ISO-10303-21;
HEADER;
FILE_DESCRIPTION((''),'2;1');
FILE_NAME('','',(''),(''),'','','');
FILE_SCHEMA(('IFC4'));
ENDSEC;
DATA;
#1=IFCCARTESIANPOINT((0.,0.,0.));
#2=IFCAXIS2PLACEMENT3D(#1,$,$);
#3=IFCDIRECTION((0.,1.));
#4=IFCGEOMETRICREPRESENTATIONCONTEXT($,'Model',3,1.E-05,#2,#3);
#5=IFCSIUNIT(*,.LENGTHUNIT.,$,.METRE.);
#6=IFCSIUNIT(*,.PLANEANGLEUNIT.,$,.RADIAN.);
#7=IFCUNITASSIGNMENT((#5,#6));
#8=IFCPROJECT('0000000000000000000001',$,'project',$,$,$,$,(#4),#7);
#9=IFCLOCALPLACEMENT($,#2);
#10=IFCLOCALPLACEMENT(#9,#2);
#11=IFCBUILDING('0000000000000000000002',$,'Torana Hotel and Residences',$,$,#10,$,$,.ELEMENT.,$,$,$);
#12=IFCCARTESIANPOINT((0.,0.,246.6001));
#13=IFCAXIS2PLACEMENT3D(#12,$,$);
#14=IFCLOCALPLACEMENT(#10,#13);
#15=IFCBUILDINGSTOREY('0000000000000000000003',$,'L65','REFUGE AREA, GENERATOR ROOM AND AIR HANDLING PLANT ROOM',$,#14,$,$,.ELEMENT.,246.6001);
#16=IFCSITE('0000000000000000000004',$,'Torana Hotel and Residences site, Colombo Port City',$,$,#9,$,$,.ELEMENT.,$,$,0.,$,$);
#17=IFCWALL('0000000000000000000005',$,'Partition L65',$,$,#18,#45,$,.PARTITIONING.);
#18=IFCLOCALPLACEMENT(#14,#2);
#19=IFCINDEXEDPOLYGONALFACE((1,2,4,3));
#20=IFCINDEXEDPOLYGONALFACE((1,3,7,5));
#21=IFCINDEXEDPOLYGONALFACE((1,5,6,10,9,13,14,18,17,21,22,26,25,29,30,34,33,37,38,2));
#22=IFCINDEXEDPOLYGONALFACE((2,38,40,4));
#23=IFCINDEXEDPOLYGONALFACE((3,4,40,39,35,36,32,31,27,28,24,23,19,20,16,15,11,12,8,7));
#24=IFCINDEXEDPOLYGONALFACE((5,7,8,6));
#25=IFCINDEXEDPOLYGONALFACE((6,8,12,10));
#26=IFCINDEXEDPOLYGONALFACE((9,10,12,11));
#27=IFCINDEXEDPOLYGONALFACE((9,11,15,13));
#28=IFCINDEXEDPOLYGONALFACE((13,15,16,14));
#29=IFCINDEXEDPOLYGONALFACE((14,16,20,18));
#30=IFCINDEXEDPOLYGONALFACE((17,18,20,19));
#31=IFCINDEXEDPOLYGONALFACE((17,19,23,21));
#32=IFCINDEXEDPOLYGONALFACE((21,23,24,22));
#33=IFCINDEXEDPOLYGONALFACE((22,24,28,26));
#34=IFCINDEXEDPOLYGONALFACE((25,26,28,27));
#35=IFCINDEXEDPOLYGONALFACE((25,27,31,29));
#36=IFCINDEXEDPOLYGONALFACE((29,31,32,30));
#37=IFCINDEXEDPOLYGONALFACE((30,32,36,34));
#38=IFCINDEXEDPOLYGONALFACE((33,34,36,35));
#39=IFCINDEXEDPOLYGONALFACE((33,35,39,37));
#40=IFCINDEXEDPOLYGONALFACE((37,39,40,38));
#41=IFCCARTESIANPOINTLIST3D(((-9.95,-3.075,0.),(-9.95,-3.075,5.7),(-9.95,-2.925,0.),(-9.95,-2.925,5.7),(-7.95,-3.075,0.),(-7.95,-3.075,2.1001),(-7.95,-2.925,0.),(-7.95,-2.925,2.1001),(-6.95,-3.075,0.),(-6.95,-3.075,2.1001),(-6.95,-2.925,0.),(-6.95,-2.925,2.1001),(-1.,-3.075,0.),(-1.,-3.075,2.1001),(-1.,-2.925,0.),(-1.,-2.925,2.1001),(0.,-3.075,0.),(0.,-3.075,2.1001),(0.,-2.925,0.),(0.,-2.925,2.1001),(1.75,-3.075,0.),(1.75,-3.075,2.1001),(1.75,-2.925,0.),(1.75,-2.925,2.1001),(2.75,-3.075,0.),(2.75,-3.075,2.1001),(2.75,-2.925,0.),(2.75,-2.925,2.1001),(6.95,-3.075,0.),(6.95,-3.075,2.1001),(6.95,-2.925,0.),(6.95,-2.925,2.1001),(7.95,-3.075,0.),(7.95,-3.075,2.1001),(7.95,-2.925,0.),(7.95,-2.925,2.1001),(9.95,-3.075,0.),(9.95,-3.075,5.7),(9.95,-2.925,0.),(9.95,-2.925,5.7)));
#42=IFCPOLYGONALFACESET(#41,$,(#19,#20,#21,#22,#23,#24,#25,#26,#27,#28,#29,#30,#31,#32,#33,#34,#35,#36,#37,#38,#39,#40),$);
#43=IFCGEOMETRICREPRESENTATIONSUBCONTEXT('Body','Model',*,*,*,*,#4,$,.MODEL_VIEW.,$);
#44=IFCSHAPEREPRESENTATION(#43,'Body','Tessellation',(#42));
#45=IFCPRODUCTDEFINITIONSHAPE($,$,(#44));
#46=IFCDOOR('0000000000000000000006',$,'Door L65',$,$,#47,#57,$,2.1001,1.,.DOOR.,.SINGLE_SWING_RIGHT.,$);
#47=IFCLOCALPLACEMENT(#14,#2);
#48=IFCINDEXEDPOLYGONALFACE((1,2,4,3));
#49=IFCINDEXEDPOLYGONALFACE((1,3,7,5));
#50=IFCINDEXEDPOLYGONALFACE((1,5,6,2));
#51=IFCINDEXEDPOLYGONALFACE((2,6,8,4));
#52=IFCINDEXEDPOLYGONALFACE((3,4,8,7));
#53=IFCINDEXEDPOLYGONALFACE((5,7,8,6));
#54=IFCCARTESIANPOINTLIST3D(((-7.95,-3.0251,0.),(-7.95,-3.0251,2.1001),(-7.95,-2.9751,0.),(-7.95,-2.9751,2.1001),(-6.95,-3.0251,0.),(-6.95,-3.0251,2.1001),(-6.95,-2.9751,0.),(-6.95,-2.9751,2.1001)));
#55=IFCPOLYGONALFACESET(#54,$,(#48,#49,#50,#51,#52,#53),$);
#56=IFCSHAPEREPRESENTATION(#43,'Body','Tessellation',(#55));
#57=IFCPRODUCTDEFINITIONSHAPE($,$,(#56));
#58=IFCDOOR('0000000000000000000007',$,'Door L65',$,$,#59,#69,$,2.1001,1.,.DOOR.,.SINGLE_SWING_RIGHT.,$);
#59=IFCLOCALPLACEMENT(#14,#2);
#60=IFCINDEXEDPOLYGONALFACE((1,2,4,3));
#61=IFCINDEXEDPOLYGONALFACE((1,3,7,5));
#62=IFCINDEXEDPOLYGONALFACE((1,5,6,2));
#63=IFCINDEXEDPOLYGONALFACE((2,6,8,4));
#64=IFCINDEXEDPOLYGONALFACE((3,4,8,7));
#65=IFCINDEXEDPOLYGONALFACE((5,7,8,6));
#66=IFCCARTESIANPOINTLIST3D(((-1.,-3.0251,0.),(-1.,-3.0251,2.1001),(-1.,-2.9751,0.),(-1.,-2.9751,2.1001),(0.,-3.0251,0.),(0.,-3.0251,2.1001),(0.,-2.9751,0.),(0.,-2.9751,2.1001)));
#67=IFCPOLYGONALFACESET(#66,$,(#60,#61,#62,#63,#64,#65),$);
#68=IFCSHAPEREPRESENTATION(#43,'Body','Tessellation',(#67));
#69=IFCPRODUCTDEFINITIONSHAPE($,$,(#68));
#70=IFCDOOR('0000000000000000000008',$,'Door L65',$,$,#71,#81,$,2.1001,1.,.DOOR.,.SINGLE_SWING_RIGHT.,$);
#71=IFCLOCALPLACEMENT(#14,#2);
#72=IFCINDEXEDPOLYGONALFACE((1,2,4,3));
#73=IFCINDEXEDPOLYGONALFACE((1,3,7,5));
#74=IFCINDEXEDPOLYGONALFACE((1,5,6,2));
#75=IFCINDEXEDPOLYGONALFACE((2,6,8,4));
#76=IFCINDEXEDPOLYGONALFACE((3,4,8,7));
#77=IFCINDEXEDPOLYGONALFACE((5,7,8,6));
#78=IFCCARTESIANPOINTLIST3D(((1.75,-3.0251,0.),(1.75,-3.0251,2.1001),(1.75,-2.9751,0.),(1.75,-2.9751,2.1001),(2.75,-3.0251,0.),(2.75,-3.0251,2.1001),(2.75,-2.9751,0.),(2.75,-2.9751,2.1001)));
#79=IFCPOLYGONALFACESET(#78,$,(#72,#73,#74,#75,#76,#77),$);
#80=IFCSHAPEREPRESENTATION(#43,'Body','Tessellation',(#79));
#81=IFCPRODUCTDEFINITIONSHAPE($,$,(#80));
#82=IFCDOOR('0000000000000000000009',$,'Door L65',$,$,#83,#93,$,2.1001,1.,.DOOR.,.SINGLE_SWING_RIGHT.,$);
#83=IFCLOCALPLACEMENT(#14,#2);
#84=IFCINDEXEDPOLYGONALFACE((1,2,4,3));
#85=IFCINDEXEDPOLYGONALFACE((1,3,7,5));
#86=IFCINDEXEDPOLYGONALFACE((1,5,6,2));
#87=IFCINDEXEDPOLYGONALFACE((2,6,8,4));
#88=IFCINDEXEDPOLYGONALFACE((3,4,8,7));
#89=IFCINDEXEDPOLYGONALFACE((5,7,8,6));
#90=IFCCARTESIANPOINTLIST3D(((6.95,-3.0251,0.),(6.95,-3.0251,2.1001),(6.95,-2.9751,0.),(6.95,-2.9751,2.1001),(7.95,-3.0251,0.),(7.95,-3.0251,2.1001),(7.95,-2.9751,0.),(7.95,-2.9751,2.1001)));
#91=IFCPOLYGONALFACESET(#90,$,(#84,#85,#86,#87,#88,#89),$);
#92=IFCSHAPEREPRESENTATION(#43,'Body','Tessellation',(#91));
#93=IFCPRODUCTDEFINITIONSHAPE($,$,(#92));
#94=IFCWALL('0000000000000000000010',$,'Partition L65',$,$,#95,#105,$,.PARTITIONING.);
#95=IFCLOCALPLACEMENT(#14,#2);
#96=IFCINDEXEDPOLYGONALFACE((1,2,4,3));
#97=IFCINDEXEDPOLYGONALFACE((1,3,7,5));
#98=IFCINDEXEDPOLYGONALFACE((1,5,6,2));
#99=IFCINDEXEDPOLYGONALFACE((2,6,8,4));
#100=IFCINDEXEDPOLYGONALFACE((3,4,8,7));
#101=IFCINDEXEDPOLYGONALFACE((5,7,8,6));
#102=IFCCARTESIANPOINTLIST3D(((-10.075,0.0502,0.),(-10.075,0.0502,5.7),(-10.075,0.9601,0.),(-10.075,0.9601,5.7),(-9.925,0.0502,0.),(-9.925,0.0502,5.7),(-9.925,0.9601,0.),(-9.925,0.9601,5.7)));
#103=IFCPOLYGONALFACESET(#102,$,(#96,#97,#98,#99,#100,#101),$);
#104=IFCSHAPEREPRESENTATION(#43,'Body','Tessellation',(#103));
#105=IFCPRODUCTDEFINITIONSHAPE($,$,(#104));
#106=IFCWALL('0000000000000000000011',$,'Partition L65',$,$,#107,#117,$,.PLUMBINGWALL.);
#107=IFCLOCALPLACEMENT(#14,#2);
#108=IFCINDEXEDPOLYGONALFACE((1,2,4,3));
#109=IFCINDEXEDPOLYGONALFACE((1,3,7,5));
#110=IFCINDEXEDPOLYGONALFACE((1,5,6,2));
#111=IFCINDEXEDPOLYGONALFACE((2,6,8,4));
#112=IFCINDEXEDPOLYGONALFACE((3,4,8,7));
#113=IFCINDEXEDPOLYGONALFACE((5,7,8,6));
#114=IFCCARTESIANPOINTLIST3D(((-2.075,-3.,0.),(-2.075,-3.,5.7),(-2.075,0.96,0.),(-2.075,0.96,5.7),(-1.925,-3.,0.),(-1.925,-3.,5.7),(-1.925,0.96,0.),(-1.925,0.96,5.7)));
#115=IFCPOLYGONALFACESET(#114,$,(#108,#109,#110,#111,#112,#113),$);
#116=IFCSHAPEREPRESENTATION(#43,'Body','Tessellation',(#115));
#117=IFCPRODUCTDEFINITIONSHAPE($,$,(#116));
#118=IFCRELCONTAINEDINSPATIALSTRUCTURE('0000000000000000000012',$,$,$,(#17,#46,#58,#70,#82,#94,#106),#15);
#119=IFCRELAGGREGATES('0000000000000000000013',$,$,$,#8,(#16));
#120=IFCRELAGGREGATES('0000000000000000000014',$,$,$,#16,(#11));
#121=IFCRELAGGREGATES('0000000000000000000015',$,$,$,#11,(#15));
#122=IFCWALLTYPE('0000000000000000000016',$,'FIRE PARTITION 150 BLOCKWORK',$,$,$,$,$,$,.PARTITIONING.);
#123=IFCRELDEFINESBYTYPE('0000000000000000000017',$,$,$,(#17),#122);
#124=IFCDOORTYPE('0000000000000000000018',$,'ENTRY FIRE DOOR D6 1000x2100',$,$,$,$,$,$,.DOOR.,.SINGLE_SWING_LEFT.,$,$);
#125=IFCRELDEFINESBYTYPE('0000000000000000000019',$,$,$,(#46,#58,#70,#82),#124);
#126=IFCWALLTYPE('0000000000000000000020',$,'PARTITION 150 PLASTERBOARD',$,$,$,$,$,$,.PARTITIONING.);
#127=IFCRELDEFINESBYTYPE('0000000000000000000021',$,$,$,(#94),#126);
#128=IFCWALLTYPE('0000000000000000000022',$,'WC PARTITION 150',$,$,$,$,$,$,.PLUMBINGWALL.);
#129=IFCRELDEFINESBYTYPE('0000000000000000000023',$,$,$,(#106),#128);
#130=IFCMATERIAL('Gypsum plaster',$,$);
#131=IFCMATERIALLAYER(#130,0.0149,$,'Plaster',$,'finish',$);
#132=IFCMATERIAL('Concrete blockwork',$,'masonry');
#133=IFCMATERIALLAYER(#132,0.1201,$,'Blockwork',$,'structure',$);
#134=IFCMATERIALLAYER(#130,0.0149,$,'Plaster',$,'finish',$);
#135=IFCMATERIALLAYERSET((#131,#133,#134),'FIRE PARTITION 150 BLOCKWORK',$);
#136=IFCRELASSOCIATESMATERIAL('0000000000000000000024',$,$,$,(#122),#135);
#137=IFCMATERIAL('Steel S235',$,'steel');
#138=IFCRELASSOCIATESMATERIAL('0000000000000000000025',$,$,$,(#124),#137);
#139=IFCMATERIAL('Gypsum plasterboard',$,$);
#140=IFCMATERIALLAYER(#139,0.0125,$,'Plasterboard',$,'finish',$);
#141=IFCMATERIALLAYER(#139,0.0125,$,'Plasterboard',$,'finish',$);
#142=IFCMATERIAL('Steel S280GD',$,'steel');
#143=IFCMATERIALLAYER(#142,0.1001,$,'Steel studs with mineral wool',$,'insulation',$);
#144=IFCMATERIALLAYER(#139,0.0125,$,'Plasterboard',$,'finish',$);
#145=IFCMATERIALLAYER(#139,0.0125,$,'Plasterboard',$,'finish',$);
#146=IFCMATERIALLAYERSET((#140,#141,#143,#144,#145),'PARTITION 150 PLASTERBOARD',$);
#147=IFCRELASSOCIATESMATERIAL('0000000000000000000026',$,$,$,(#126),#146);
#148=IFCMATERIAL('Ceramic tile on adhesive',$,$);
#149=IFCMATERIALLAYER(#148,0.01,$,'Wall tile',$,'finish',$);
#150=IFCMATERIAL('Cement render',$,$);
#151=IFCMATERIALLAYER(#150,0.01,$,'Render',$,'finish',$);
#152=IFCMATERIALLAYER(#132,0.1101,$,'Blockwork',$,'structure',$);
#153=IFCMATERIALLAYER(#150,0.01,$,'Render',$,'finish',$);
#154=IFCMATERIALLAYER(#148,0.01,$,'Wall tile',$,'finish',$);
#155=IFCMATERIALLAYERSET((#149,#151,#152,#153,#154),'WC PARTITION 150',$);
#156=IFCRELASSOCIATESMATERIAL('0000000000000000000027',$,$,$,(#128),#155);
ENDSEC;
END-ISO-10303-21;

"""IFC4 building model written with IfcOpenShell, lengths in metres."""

from ifc_helpers import new_model, si_unit, direction, frame, frame_2d, origin, place, context, subcontext, project, spatial, rectangle, extrude, material, layer, layer_set, type_object, element, fill, save


model = new_model("IFC4")

# Units and contexts
model_context = context("Model", 3, precision=1e-05, world=origin(), true_north=direction((0.0, 1.0)))
body_context = subcontext(model_context, "Body", "Model", "MODEL_VIEW")
ifc_project = project(units=[si_unit("LENGTHUNIT", "METRE"), si_unit("PLANEANGLEUNIT", "RADIAN")], contexts=[model_context])

# Site, building, storey
site_placement = place(None, origin())
site = spatial("IfcSite", under=ifc_project, at=site_placement, Name="Torana Hotel and Residences site, Colombo Port City", CompositionType="ELEMENT", RefElevation=0.0)
building_placement = place(site_placement, origin())
building = spatial("IfcBuilding", under=site, at=building_placement, Name="Torana Hotel and Residences", CompositionType="ELEMENT")
storey_placement = place(building_placement, frame((0.0, 0.0, 246.6001)))
storey = spatial("IfcBuildingStorey", under=building, at=storey_placement, Name="L65", Description="REFUGE AREA, GENERATOR ROOM AND AIR HANDLING PLANT ROOM", CompositionType="ELEMENT", Elevation=246.6001)

# Shared definitions
ifc_material_1 = material(Name="Gypsum plaster")
ifc_layer_1 = layer(ifc_material_1, 0.0149, Name="Plaster", Category="finish")
ifc_material_2 = material(Name="Concrete blockwork", Category="masonry")
ifc_layer_2 = layer(ifc_material_2, 0.1201, Name="Blockwork", Category="structure")
ifc_layer_3 = layer(ifc_material_1, 0.0149, Name="Plaster", Category="finish")
ifc_layer_set_1 = layer_set([ifc_layer_1, ifc_layer_2, ifc_layer_3], Name="FIRE PARTITION 150 BLOCKWORK")
wall_type_1 = type_object("IfcWallType", Name="FIRE PARTITION 150 BLOCKWORK", PredefinedType="PARTITIONING", material=ifc_layer_set_1)

# Wall, openings, doors
ifc_material_3 = material(Name="Steel S235", Category="steel")
door_type = type_object("IfcDoorType", Name="ENTRY FIRE DOOR D6 1000x2100", OperationType="SINGLE_SWING_LEFT", PredefinedType="DOOR", material=ifc_material_3)
wall_1_placement = place(storey_placement, frame((-9.95, -3.0, 0.0), z_axis=(0.0, 0.0, 1.0), x_axis=(1.0, 0.0, 0.0)))
wall_1 = element("IfcWall", 1, at=wall_1_placement, inside=storey, type_object=wall_type_1, Name="Partition L65", PredefinedType="PARTITIONING", context=body_context, shape_type="SweptSolid", body=[
    extrude(rectangle(XDim=19.8999, YDim=0.1499, at=frame_2d((9.95, 0.0))), origin(), (0.0, 0.0, 1.0), 5.7),
])
opening_1_placement = place(wall_1_placement, frame((2.0, 0.0, 0.0)))
opening_1 = element("IfcOpeningElement", 2, at=opening_1_placement, cuts=wall_1, PredefinedType="OPENING", context=body_context, shape_type="SweptSolid", body=[
    extrude(rectangle(XDim=1.0, YDim=2.1001, at=frame_2d((0.5, 1.05))), frame((0.0, 0.085, 0.0), z_axis=(0.0, -1.0, 0.0), x_axis=(1.0, 0.0, 0.0)), (0.0, 0.0, 1.0), 0.1699),
])
opening_2_placement = place(wall_1_placement, frame((8.95, 0.0, 0.0)))
opening_2 = element("IfcOpeningElement", 3, at=opening_2_placement, cuts=wall_1, PredefinedType="OPENING", context=body_context, shape_type="SweptSolid", body=[
    extrude(rectangle(XDim=1.0, YDim=2.1001, at=frame_2d((0.5, 1.05))), frame((0.0, 0.085, 0.0), z_axis=(0.0, -1.0, 0.0), x_axis=(1.0, 0.0, 0.0)), (0.0, 0.0, 1.0), 0.1699),
])
opening_3_placement = place(wall_1_placement, frame((11.7, 0.0, 0.0)))
opening_3 = element("IfcOpeningElement", 4, at=opening_3_placement, cuts=wall_1, PredefinedType="OPENING", context=body_context, shape_type="SweptSolid", body=[
    extrude(rectangle(XDim=1.0, YDim=2.1001, at=frame_2d((0.5, 1.05))), frame((0.0, 0.085, 0.0), z_axis=(0.0, -1.0, 0.0), x_axis=(1.0, 0.0, 0.0)), (0.0, 0.0, 1.0), 0.1699),
])
opening_4_placement = place(wall_1_placement, frame((16.8999, 0.0, 0.0)))
opening_4 = element("IfcOpeningElement", 5, at=opening_4_placement, cuts=wall_1, PredefinedType="OPENING", context=body_context, shape_type="SweptSolid", body=[
    extrude(rectangle(XDim=1.0, YDim=2.1001, at=frame_2d((0.5, 1.05))), frame((0.0, 0.085, 0.0), z_axis=(0.0, -1.0, 0.0), x_axis=(1.0, 0.0, 0.0)), (0.0, 0.0, 1.0), 0.1699),
])
door_1_placement = place(opening_1_placement, origin())
door_1 = element("IfcDoor", 6, at=door_1_placement, inside=storey, type_object=door_type, Name="Door L65", OperationType="SINGLE_SWING_RIGHT", OverallHeight=2.1001, OverallWidth=1.0, PredefinedType="DOOR", context=body_context, shape_type="SweptSolid", body=[
    extrude(rectangle(XDim=1.0, YDim=2.1001, at=frame_2d((0.5, 1.05))), frame((0.0, 0.0249, 0.0), z_axis=(0.0, -1.0, 0.0), x_axis=(1.0, 0.0, 0.0)), (0.0, 0.0, 1.0), 0.05),
])
fill(opening_1, door_1)
door_2_placement = place(opening_2_placement, origin())
door_2 = element("IfcDoor", 7, at=door_2_placement, inside=storey, type_object=door_type, Name="Door L65", OperationType="SINGLE_SWING_RIGHT", OverallHeight=2.1001, OverallWidth=1.0, PredefinedType="DOOR", context=body_context, shape_type="SweptSolid", body=[
    extrude(rectangle(XDim=1.0, YDim=2.1001, at=frame_2d((0.5, 1.05))), frame((0.0, 0.0249, 0.0), z_axis=(0.0, -1.0, 0.0), x_axis=(1.0, 0.0, 0.0)), (0.0, 0.0, 1.0), 0.05),
])
fill(opening_2, door_2)
door_3_placement = place(opening_3_placement, origin())
door_3 = element("IfcDoor", 8, at=door_3_placement, inside=storey, type_object=door_type, Name="Door L65", OperationType="SINGLE_SWING_RIGHT", OverallHeight=2.1001, OverallWidth=1.0, PredefinedType="DOOR", context=body_context, shape_type="SweptSolid", body=[
    extrude(rectangle(XDim=1.0, YDim=2.1001, at=frame_2d((0.5, 1.05))), frame((0.0, 0.0249, 0.0), z_axis=(0.0, -1.0, 0.0), x_axis=(1.0, 0.0, 0.0)), (0.0, 0.0, 1.0), 0.05),
])
fill(opening_3, door_3)
door_4_placement = place(opening_4_placement, origin())
door_4 = element("IfcDoor", 9, at=door_4_placement, inside=storey, type_object=door_type, Name="Door L65", OperationType="SINGLE_SWING_RIGHT", OverallHeight=2.1001, OverallWidth=1.0, PredefinedType="DOOR", context=body_context, shape_type="SweptSolid", body=[
    extrude(rectangle(XDim=1.0, YDim=2.1001, at=frame_2d((0.5, 1.05))), frame((0.0, 0.0249, 0.0), z_axis=(0.0, -1.0, 0.0), x_axis=(1.0, 0.0, 0.0)), (0.0, 0.0, 1.0), 0.05),
])
fill(opening_4, door_4)

# Walls
ifc_material_4 = material(Name="Gypsum plasterboard")
ifc_layer_4 = layer(ifc_material_4, 0.0125, Name="Plasterboard", Category="finish")
ifc_layer_5 = layer(ifc_material_4, 0.0125, Name="Plasterboard", Category="finish")
ifc_material_5 = material(Name="Steel S280GD", Category="steel")
ifc_layer_6 = layer(ifc_material_5, 0.1001, Name="Steel studs with mineral wool", Category="insulation")
ifc_layer_7 = layer(ifc_material_4, 0.0125, Name="Plasterboard", Category="finish")
ifc_layer_8 = layer(ifc_material_4, 0.0125, Name="Plasterboard", Category="finish")
ifc_layer_set_2 = layer_set([ifc_layer_4, ifc_layer_5, ifc_layer_6, ifc_layer_7, ifc_layer_8], Name="PARTITION 150 PLASTERBOARD")
wall_type_2 = type_object("IfcWallType", Name="PARTITION 150 PLASTERBOARD", PredefinedType="PARTITIONING", material=ifc_layer_set_2)
wall_2_placement = place(storey_placement, frame((-10.0, 0.05, 0.0), z_axis=(0.0, 0.0, 1.0), x_axis=(0.0, 1.0, 0.0)))
element("IfcWall", 10, at=wall_2_placement, inside=storey, type_object=wall_type_2, Name="Partition L65", PredefinedType="PARTITIONING", context=body_context, shape_type="SweptSolid", body=[
    extrude(rectangle(XDim=0.9099, YDim=0.1499, at=frame_2d((0.4551, 0.0))), origin(), (0.0, 0.0, 1.0), 5.7),
])
ifc_material_6 = material(Name="Ceramic tile on adhesive")
ifc_layer_9 = layer(ifc_material_6, 0.01, Name="Wall tile", Category="finish")
ifc_material_7 = material(Name="Cement render")
ifc_layer_10 = layer(ifc_material_7, 0.01, Name="Render", Category="finish")
ifc_layer_11 = layer(ifc_material_2, 0.1101, Name="Blockwork", Category="structure")
ifc_layer_12 = layer(ifc_material_7, 0.01, Name="Render", Category="finish")
ifc_layer_13 = layer(ifc_material_6, 0.01, Name="Wall tile", Category="finish")
ifc_layer_set_3 = layer_set([ifc_layer_9, ifc_layer_10, ifc_layer_11, ifc_layer_12, ifc_layer_13], Name="WC PARTITION 150")
wall_type_3 = type_object("IfcWallType", Name="WC PARTITION 150", PredefinedType="PLUMBINGWALL", material=ifc_layer_set_3)
wall_3_placement = place(storey_placement, frame((-2.0, -3.0, 0.0), z_axis=(0.0, 0.0, 1.0), x_axis=(0.0, 1.0, 0.0)))
element("IfcWall", 11, at=wall_3_placement, inside=storey, type_object=wall_type_3, Name="Partition L65", PredefinedType="PLUMBINGWALL", context=body_context, shape_type="SweptSolid", body=[
    extrude(rectangle(XDim=3.96, YDim=0.1499, at=frame_2d((1.98, 0.0))), origin(), (0.0, 0.0, 1.0), 5.7),
])

save(model, "model.ifc")
